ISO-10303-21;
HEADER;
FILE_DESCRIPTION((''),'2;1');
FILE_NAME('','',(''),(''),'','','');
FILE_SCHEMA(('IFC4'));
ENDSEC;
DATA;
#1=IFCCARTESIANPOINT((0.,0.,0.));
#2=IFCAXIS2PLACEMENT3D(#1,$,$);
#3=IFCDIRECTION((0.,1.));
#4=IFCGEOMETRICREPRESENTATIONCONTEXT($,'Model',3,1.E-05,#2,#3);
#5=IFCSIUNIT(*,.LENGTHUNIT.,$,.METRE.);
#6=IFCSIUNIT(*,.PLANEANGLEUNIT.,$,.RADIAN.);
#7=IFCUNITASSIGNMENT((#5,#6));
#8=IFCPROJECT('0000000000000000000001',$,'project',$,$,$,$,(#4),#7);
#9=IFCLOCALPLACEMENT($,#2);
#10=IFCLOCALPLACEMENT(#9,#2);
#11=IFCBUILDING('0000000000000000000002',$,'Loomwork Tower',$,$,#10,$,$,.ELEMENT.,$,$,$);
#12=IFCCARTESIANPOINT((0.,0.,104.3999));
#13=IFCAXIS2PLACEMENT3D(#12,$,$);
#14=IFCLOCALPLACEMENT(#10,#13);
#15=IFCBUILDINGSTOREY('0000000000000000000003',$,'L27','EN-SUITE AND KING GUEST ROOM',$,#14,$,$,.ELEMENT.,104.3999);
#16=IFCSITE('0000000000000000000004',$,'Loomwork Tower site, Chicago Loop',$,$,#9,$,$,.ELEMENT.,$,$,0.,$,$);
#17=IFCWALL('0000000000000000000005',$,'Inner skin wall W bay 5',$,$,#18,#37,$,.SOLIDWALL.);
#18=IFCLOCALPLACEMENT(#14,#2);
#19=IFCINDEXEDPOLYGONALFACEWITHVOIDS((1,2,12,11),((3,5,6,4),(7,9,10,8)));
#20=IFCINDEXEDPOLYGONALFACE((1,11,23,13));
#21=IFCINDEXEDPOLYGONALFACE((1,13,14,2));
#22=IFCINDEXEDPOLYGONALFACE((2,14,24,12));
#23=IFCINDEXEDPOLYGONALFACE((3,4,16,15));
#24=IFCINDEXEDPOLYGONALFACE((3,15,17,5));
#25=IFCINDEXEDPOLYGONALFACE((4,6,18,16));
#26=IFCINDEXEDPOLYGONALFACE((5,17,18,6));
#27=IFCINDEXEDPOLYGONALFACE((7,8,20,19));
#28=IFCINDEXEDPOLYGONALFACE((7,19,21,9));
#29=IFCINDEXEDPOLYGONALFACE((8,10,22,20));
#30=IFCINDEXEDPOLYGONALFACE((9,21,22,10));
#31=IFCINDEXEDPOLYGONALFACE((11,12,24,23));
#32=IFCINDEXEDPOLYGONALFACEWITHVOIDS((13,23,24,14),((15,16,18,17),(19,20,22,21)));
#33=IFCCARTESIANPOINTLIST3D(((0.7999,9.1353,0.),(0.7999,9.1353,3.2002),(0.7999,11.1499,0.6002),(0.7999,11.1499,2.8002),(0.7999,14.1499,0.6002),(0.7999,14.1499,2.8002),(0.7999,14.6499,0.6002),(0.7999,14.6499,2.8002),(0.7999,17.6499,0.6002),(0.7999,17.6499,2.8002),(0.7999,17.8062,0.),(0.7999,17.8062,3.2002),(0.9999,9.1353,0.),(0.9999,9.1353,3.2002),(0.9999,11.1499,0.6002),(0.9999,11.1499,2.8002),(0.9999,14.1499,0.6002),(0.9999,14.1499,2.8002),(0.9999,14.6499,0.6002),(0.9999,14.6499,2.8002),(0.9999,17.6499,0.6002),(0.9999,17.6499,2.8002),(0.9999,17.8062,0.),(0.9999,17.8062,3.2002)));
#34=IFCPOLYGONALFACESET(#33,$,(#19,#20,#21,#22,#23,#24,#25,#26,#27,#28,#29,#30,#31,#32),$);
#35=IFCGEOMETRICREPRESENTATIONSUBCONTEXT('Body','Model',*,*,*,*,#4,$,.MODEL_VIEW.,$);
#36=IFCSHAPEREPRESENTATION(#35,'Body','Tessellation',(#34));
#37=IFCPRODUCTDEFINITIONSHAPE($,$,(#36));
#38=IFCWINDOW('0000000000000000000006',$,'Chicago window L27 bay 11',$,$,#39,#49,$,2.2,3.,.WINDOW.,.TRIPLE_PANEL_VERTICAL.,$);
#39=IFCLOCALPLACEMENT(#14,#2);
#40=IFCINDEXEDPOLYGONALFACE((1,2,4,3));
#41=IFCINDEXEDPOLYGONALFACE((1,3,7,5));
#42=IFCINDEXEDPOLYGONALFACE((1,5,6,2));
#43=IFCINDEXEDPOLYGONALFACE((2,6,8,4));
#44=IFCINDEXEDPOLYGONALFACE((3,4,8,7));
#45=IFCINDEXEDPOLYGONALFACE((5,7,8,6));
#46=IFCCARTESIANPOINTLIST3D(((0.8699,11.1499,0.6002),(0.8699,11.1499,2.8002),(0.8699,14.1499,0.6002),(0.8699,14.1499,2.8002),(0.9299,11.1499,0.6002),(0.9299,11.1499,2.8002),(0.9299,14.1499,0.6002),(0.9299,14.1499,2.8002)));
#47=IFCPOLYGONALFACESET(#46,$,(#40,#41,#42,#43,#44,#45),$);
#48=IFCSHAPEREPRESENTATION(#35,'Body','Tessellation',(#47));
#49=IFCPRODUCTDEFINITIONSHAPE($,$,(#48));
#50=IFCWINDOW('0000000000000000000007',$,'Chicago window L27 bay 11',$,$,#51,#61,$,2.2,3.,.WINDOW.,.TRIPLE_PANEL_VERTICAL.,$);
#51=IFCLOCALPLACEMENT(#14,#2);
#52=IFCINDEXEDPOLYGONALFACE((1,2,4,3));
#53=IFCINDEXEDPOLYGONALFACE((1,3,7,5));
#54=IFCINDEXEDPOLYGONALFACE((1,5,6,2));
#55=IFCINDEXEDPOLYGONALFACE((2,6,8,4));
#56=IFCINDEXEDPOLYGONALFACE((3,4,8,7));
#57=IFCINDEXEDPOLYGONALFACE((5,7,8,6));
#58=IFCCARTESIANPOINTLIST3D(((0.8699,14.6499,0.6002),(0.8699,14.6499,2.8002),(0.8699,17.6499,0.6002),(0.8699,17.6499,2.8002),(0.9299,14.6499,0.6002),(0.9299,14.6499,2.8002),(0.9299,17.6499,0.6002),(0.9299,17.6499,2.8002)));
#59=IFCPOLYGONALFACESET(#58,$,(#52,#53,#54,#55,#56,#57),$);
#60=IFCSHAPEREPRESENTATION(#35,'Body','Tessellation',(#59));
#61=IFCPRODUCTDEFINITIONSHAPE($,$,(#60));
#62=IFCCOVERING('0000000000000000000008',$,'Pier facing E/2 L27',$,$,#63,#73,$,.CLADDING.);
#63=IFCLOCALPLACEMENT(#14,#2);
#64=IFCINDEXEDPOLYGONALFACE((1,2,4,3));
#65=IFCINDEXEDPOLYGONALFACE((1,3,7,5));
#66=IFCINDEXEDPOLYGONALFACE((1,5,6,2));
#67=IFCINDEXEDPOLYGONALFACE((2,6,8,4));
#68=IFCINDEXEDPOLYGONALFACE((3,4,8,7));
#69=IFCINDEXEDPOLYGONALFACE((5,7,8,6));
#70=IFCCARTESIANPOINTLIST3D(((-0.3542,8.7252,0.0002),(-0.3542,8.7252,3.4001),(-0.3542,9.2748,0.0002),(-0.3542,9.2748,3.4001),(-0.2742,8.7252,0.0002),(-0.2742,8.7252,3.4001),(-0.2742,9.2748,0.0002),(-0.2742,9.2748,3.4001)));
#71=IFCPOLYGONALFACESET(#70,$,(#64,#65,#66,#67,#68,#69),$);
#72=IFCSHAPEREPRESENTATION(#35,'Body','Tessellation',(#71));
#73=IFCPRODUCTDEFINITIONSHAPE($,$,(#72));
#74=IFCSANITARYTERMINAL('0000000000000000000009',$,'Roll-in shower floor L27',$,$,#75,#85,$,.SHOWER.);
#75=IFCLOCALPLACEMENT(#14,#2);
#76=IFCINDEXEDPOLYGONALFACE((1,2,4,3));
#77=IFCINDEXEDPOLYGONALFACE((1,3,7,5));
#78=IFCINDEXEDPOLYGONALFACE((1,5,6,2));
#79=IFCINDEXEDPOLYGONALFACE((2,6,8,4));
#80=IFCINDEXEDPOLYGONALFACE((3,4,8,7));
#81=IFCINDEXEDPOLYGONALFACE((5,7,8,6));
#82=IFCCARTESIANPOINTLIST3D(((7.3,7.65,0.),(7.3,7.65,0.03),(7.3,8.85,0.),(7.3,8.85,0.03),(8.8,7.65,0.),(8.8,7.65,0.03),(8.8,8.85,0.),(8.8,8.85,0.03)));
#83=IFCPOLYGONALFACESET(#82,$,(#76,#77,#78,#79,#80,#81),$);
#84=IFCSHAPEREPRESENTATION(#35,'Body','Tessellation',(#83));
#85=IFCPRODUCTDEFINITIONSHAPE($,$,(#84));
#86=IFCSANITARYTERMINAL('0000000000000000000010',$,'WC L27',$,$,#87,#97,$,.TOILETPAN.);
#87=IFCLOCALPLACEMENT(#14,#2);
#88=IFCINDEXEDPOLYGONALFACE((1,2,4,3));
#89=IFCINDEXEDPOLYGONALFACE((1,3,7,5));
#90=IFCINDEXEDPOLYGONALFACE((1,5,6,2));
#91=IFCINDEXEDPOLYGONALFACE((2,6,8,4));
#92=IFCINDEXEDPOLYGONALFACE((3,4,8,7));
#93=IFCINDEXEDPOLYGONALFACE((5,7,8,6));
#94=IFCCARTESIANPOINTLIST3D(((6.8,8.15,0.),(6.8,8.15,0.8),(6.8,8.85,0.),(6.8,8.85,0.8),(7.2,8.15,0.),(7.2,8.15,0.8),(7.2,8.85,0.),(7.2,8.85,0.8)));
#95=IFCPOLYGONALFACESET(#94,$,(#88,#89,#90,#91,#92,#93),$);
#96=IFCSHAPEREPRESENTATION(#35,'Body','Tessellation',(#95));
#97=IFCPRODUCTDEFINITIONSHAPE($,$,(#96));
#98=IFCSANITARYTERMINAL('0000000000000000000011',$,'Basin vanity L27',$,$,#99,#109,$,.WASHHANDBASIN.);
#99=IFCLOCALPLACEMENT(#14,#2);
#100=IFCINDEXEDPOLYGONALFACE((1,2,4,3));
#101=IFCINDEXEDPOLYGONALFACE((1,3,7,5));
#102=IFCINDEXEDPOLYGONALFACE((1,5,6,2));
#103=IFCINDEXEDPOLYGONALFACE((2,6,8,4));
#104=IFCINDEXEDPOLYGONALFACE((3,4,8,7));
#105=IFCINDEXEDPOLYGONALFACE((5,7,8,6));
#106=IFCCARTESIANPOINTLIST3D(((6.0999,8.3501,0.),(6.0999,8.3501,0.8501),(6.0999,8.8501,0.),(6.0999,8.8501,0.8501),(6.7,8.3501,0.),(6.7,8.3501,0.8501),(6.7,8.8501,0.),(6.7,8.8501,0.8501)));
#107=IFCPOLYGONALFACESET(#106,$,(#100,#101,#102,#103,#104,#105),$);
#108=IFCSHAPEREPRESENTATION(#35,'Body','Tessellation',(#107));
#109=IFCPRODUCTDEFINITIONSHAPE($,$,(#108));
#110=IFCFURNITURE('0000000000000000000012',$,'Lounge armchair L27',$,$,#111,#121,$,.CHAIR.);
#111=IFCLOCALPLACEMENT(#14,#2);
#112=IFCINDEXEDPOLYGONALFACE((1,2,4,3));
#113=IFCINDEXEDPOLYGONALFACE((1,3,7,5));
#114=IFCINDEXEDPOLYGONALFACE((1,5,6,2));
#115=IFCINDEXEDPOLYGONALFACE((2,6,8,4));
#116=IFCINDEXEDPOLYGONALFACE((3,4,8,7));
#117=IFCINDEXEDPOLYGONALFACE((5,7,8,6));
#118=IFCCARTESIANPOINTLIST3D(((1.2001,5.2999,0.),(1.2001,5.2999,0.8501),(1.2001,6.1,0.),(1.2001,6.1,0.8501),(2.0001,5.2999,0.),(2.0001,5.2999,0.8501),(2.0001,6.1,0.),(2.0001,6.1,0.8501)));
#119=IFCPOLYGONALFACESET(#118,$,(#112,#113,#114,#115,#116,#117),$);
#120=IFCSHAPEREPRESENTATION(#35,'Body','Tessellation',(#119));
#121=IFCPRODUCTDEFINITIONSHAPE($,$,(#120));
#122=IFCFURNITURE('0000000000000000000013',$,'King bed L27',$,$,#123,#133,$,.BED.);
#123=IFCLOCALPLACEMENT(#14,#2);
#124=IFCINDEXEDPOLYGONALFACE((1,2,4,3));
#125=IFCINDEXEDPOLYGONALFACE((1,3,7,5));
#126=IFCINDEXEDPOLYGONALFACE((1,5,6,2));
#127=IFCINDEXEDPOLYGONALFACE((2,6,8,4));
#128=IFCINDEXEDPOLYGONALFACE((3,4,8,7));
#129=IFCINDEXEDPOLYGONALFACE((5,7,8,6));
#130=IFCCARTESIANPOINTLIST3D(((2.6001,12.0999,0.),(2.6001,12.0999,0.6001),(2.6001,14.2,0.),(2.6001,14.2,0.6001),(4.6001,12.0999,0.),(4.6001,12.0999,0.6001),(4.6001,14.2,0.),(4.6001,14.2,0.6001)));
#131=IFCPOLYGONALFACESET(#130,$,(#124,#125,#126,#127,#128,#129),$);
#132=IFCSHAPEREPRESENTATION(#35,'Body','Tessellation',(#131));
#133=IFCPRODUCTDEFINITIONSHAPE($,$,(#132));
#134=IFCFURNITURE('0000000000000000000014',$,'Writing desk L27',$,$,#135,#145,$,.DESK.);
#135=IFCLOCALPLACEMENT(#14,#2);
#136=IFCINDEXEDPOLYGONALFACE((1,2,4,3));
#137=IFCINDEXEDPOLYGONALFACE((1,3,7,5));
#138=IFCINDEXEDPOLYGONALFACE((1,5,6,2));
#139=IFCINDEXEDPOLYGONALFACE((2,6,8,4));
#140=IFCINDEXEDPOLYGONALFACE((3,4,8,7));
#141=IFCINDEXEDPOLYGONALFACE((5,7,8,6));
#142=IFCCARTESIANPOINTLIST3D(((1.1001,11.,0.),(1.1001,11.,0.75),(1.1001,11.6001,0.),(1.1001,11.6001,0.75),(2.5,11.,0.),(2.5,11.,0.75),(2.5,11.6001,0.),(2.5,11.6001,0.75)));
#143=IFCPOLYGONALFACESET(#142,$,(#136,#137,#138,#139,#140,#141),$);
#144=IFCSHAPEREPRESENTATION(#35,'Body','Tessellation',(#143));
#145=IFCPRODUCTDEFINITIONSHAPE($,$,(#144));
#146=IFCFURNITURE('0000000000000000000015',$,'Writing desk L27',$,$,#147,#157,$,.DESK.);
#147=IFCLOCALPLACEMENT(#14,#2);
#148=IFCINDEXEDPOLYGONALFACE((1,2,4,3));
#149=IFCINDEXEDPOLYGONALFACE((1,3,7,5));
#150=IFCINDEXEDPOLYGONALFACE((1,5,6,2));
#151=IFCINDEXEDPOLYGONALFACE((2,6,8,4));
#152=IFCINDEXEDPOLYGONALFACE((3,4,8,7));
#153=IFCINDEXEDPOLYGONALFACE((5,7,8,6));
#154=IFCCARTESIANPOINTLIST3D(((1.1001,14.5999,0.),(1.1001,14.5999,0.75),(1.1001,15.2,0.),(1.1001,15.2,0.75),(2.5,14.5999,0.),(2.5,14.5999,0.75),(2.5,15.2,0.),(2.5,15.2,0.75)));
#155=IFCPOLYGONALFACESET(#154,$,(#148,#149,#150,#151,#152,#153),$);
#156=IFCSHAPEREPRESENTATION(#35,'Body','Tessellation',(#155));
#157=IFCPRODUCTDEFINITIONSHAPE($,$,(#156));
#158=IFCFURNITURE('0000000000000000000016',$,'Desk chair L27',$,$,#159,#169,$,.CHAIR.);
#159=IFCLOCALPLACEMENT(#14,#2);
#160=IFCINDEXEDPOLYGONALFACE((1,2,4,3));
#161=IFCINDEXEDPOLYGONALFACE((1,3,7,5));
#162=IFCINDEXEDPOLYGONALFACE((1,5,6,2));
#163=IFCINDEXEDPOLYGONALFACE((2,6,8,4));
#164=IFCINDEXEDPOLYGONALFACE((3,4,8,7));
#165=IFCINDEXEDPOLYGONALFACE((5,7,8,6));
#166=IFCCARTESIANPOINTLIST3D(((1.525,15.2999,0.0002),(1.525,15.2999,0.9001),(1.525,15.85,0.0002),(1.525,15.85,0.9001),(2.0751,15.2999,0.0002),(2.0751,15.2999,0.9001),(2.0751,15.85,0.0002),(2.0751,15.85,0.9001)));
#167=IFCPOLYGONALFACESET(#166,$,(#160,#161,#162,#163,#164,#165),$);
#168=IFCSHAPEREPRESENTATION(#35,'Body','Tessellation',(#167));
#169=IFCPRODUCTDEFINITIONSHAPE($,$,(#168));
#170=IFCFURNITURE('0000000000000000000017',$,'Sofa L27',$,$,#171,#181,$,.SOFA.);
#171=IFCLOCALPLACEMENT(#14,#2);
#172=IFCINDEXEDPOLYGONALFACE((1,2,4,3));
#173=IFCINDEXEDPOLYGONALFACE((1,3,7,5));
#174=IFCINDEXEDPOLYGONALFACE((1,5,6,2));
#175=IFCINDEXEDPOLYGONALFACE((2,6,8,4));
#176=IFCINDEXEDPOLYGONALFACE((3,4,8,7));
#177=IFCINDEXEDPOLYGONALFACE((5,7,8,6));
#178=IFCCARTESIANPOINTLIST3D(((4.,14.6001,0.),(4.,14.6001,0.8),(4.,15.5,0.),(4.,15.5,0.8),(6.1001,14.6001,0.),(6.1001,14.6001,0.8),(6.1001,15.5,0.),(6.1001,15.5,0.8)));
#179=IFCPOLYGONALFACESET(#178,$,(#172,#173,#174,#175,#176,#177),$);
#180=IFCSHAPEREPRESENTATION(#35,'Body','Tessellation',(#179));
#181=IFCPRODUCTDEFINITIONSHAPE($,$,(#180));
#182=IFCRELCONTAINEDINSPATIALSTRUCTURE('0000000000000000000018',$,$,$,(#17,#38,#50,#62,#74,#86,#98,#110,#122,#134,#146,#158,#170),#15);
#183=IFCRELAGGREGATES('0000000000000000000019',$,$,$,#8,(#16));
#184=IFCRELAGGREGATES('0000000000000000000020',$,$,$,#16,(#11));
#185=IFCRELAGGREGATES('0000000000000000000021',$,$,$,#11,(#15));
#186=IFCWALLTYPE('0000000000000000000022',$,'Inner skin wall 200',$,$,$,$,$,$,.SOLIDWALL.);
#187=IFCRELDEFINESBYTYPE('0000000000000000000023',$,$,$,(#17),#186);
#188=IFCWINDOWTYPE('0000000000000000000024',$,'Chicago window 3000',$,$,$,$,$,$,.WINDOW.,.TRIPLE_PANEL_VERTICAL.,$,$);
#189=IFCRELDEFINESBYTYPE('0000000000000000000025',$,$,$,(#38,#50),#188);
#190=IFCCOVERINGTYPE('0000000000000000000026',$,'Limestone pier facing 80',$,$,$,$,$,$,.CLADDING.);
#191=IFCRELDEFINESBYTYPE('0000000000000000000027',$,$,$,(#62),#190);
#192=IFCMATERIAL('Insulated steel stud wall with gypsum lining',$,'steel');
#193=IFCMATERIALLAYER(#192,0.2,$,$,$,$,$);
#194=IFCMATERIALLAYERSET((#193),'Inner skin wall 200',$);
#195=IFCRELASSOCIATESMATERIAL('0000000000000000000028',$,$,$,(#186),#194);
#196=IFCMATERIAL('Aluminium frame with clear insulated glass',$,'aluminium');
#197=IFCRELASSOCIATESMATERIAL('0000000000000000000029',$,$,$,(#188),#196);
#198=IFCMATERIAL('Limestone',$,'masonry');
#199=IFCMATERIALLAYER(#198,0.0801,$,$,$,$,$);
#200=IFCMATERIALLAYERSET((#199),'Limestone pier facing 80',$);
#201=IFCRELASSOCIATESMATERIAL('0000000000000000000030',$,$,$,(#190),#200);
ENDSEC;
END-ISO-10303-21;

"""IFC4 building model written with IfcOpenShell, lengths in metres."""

from ifc_helpers import new_model, si_unit, direction, frame, frame_2d, origin, origin_2d, place, context, subcontext, project, spatial, rectangle, extrude, material, layer, layer_set, type_object, element, fill, save


model = new_model("IFC4")

# Units and contexts
model_context = context("Model", 3, precision=1e-05, world=origin(), true_north=direction((0.0, 1.0)))
body_context = subcontext(model_context, "Body", "Model", "MODEL_VIEW")
ifc_project = project(units=[si_unit("LENGTHUNIT", "METRE"), si_unit("PLANEANGLEUNIT", "RADIAN")], contexts=[model_context])

# Site, building, storey
site_placement = place(None, origin())
site = spatial("IfcSite", under=ifc_project, at=site_placement, Name="Loomwork Tower site, Chicago Loop", CompositionType="ELEMENT", RefElevation=0.0)
building_placement = place(site_placement, origin())
building = spatial("IfcBuilding", under=site, at=building_placement, Name="Loomwork Tower", CompositionType="ELEMENT")
storey_placement = place(building_placement, frame((0.0, 0.0, 104.3999)))
storey = spatial("IfcBuildingStorey", under=building, at=storey_placement, Name="L27", Description="EN-SUITE AND KING GUEST ROOM", CompositionType="ELEMENT", Elevation=104.3999)

# Shared definitions
ifc_material_1 = material(Name="Insulated steel stud wall with gypsum lining", Category="steel")
ifc_layer_1 = layer(ifc_material_1, 0.2)
ifc_layer_set_1 = layer_set([ifc_layer_1], Name="Inner skin wall 200")
wall_type_1 = type_object("IfcWallType", Name="Inner skin wall 200", PredefinedType="SOLIDWALL", material=ifc_layer_set_1)

# Wall, openings, windows
wall_1_placement = place(storey_placement, frame((0.8999, 9.1353, 0.0), z_axis=(0.0, 0.0, 1.0), x_axis=(0.0, 1.0, 0.0)))
wall_1 = element("IfcWall", 1, at=wall_1_placement, inside=storey, type_object=wall_type_1, Name="Inner skin wall W bay 5", PredefinedType="SOLIDWALL", context=body_context, shape_type="SweptSolid", body=[
    extrude(rectangle(XDim=8.6709, YDim=0.2, at=frame_2d((4.3354, 0.0))), origin(), (0.0, 0.0, 1.0), 3.2002),
])
opening_1_placement = place(wall_1_placement, frame((2.0146, 0.0, 0.6001)))
opening_1 = element("IfcOpeningElement", 2, at=opening_1_placement, cuts=wall_1, PredefinedType="OPENING", context=body_context, shape_type="SweptSolid", body=[
    extrude(rectangle(XDim=3.0, YDim=2.2, at=frame_2d((1.5, 1.1001))), frame((0.0, 0.1099, 0.0), z_axis=(0.0, -1.0, 0.0), x_axis=(1.0, 0.0, 0.0)), (0.0, 0.0, 1.0), 0.22),
])
opening_2_placement = place(wall_1_placement, frame((5.5146, 0.0, 0.6001)))
opening_2 = element("IfcOpeningElement", 3, at=opening_2_placement, cuts=wall_1, PredefinedType="OPENING", context=body_context, shape_type="SweptSolid", body=[
    extrude(rectangle(XDim=3.0, YDim=2.2, at=frame_2d((1.5, 1.1001))), frame((0.0, 0.1099, 0.0), z_axis=(0.0, -1.0, 0.0), x_axis=(1.0, 0.0, 0.0)), (0.0, 0.0, 1.0), 0.22),
])
ifc_material_2 = material(Name="Aluminium frame with clear insulated glass", Category="aluminium")
window_type = type_object("IfcWindowType", Name="Chicago window 3000", PartitioningType="TRIPLE_PANEL_VERTICAL", PredefinedType="WINDOW", material=ifc_material_2)
window_1_placement = place(opening_1_placement, origin())
window_1 = element("IfcWindow", 4, at=window_1_placement, inside=storey, type_object=window_type, Name="Chicago window L27 bay 11", OverallHeight=2.2, OverallWidth=3.0, PartitioningType="TRIPLE_PANEL_VERTICAL", PredefinedType="WINDOW", context=body_context, shape_type="SweptSolid", body=[
    extrude(rectangle(XDim=3.0, YDim=2.2, at=frame_2d((1.5, 1.1001))), frame((0.0, 0.03, 0.0), z_axis=(0.0, -1.0, 0.0), x_axis=(1.0, 0.0, 0.0)), (0.0, 0.0, 1.0), 0.0601),
])
fill(opening_1, window_1)
window_2_placement = place(opening_2_placement, origin())
window_2 = element("IfcWindow", 5, at=window_2_placement, inside=storey, type_object=window_type, Name="Chicago window L27 bay 11", OverallHeight=2.2, OverallWidth=3.0, PartitioningType="TRIPLE_PANEL_VERTICAL", PredefinedType="WINDOW", context=body_context, shape_type="SweptSolid", body=[
    extrude(rectangle(XDim=3.0, YDim=2.2, at=frame_2d((1.5, 1.1001))), frame((0.0, 0.03, 0.0), z_axis=(0.0, -1.0, 0.0), x_axis=(1.0, 0.0, 0.0)), (0.0, 0.0, 1.0), 0.0601),
])
fill(opening_2, window_2)

# Covering
ifc_material_3 = material(Name="Limestone", Category="masonry")
ifc_layer_2 = layer(ifc_material_3, 0.0801)
ifc_layer_set_2 = layer_set([ifc_layer_2], Name="Limestone pier facing 80")
covering_type = type_object("IfcCoveringType", Name="Limestone pier facing 80", PredefinedType="CLADDING", material=ifc_layer_set_2)
covering_placement = place(storey_placement, frame((-0.3142, 9.0, 0.0002), z_axis=(0.0, 0.0, 1.0), x_axis=(1.0, 0.0, 0.0)))
element("IfcCovering", 6, at=covering_placement, inside=storey, type_object=covering_type, Name="Pier facing E/2 L27", PredefinedType="CLADDING", context=body_context, shape_type="SweptSolid", body=[
    extrude(rectangle(XDim=0.0801, YDim=0.5496, at=origin_2d()), origin(), (0.0, 0.0, 1.0), 3.3999),
])

# Sanitary terminals
sanitary_terminal_1_placement = place(storey_placement, frame((8.05, 8.25, 0.0), z_axis=(0.0, 0.0, 1.0), x_axis=(1.0, 0.0, 0.0)))
element("IfcSanitaryTerminal", 7, at=sanitary_terminal_1_placement, inside=storey, Name="Roll-in shower floor L27", PredefinedType="SHOWER", context=body_context, shape_type="SweptSolid", body=[
    extrude(rectangle(XDim=1.5, YDim=1.2, at=origin_2d()), origin(), (0.0, 0.0, 1.0), 0.03),
])
sanitary_terminal_2_placement = place(storey_placement, frame((7.0, 8.5, 0.0), z_axis=(0.0, 0.0, 1.0), x_axis=(1.0, 0.0, 0.0)))
element("IfcSanitaryTerminal", 8, at=sanitary_terminal_2_placement, inside=storey, Name="WC L27", PredefinedType="TOILETPAN", context=body_context, shape_type="SweptSolid", body=[
    extrude(rectangle(XDim=0.3999, YDim=0.7, at=origin_2d()), origin(), (0.0, 0.0, 1.0), 0.8),
])
sanitary_terminal_3_placement = place(storey_placement, frame((6.3999, 8.6001, 0.0), z_axis=(0.0, 0.0, 1.0), x_axis=(1.0, 0.0, 0.0)))
element("IfcSanitaryTerminal", 9, at=sanitary_terminal_3_placement, inside=storey, Name="Basin vanity L27", PredefinedType="WASHHANDBASIN", context=body_context, shape_type="SweptSolid", body=[
    extrude(rectangle(XDim=0.6001, YDim=0.5, at=origin_2d()), origin(), (0.0, 0.0, 1.0), 0.8501),
])

# Furniture
furniture_1_placement = place(storey_placement, frame((1.6001, 5.7, 0.0), z_axis=(0.0, 0.0, 1.0), x_axis=(1.0, 0.0, 0.0)))
element("IfcFurniture", 10, at=furniture_1_placement, inside=storey, Name="Lounge armchair L27", PredefinedType="CHAIR", context=body_context, shape_type="SweptSolid", body=[
    extrude(rectangle(XDim=0.8, YDim=0.8, at=origin_2d()), origin(), (0.0, 0.0, 1.0), 0.8501),
])
furniture_2_placement = place(storey_placement, frame((3.6001, 13.1499, 0.0), z_axis=(0.0, 0.0, 1.0), x_axis=(1.0, 0.0, 0.0)))
element("IfcFurniture", 11, at=furniture_2_placement, inside=storey, Name="King bed L27", PredefinedType="BED", context=body_context, shape_type="SweptSolid", body=[
    extrude(rectangle(XDim=2.0, YDim=2.1001, at=origin_2d()), origin(), (0.0, 0.0, 1.0), 0.6001),
])
for number, where, z_axis, x_axis, name in (
    (12, (1.8, 11.3, 0.0), (0.0, 0.0, 1.0), (1.0, 0.0, 0.0), "Writing desk L27"),
    (13, (1.8, 14.8999, 0.0), (0.0, 0.0, 1.0), (1.0, 0.0, 0.0), "Writing desk L27"),
):
    element("IfcFurniture", number, at=place(storey_placement, frame(where, z_axis=z_axis, x_axis=x_axis)), inside=storey, Name=name, PredefinedType="DESK", context=body_context, shape_type="SweptSolid", body=[
        extrude(rectangle(XDim=1.3999, YDim=0.6001, at=origin_2d()), origin(), (0.0, 0.0, 1.0), 0.75),
    ])
furniture_3_placement = place(storey_placement, frame((1.8, 15.575, 0.0002), z_axis=(0.0, 0.0, 1.0), x_axis=(1.0, 0.0, 0.0)))
element("IfcFurniture", 14, at=furniture_3_placement, inside=storey, Name="Desk chair L27", PredefinedType="CHAIR", context=body_context, shape_type="SweptSolid", body=[
    extrude(rectangle(XDim=0.55, YDim=0.55, at=origin_2d()), origin(), (0.0, 0.0, 1.0), 0.8999),
])
furniture_4_placement = place(storey_placement, frame((5.05, 15.05, 0.0), z_axis=(0.0, 0.0, 1.0), x_axis=(1.0, 0.0, 0.0)))
element("IfcFurniture", 15, at=furniture_4_placement, inside=storey, Name="Sofa L27", PredefinedType="SOFA", context=body_context, shape_type="SweptSolid", body=[
    extrude(rectangle(XDim=2.1001, YDim=0.8999, at=origin_2d()), origin(), (0.0, 0.0, 1.0), 0.8),
])

save(model, "model.ifc")
